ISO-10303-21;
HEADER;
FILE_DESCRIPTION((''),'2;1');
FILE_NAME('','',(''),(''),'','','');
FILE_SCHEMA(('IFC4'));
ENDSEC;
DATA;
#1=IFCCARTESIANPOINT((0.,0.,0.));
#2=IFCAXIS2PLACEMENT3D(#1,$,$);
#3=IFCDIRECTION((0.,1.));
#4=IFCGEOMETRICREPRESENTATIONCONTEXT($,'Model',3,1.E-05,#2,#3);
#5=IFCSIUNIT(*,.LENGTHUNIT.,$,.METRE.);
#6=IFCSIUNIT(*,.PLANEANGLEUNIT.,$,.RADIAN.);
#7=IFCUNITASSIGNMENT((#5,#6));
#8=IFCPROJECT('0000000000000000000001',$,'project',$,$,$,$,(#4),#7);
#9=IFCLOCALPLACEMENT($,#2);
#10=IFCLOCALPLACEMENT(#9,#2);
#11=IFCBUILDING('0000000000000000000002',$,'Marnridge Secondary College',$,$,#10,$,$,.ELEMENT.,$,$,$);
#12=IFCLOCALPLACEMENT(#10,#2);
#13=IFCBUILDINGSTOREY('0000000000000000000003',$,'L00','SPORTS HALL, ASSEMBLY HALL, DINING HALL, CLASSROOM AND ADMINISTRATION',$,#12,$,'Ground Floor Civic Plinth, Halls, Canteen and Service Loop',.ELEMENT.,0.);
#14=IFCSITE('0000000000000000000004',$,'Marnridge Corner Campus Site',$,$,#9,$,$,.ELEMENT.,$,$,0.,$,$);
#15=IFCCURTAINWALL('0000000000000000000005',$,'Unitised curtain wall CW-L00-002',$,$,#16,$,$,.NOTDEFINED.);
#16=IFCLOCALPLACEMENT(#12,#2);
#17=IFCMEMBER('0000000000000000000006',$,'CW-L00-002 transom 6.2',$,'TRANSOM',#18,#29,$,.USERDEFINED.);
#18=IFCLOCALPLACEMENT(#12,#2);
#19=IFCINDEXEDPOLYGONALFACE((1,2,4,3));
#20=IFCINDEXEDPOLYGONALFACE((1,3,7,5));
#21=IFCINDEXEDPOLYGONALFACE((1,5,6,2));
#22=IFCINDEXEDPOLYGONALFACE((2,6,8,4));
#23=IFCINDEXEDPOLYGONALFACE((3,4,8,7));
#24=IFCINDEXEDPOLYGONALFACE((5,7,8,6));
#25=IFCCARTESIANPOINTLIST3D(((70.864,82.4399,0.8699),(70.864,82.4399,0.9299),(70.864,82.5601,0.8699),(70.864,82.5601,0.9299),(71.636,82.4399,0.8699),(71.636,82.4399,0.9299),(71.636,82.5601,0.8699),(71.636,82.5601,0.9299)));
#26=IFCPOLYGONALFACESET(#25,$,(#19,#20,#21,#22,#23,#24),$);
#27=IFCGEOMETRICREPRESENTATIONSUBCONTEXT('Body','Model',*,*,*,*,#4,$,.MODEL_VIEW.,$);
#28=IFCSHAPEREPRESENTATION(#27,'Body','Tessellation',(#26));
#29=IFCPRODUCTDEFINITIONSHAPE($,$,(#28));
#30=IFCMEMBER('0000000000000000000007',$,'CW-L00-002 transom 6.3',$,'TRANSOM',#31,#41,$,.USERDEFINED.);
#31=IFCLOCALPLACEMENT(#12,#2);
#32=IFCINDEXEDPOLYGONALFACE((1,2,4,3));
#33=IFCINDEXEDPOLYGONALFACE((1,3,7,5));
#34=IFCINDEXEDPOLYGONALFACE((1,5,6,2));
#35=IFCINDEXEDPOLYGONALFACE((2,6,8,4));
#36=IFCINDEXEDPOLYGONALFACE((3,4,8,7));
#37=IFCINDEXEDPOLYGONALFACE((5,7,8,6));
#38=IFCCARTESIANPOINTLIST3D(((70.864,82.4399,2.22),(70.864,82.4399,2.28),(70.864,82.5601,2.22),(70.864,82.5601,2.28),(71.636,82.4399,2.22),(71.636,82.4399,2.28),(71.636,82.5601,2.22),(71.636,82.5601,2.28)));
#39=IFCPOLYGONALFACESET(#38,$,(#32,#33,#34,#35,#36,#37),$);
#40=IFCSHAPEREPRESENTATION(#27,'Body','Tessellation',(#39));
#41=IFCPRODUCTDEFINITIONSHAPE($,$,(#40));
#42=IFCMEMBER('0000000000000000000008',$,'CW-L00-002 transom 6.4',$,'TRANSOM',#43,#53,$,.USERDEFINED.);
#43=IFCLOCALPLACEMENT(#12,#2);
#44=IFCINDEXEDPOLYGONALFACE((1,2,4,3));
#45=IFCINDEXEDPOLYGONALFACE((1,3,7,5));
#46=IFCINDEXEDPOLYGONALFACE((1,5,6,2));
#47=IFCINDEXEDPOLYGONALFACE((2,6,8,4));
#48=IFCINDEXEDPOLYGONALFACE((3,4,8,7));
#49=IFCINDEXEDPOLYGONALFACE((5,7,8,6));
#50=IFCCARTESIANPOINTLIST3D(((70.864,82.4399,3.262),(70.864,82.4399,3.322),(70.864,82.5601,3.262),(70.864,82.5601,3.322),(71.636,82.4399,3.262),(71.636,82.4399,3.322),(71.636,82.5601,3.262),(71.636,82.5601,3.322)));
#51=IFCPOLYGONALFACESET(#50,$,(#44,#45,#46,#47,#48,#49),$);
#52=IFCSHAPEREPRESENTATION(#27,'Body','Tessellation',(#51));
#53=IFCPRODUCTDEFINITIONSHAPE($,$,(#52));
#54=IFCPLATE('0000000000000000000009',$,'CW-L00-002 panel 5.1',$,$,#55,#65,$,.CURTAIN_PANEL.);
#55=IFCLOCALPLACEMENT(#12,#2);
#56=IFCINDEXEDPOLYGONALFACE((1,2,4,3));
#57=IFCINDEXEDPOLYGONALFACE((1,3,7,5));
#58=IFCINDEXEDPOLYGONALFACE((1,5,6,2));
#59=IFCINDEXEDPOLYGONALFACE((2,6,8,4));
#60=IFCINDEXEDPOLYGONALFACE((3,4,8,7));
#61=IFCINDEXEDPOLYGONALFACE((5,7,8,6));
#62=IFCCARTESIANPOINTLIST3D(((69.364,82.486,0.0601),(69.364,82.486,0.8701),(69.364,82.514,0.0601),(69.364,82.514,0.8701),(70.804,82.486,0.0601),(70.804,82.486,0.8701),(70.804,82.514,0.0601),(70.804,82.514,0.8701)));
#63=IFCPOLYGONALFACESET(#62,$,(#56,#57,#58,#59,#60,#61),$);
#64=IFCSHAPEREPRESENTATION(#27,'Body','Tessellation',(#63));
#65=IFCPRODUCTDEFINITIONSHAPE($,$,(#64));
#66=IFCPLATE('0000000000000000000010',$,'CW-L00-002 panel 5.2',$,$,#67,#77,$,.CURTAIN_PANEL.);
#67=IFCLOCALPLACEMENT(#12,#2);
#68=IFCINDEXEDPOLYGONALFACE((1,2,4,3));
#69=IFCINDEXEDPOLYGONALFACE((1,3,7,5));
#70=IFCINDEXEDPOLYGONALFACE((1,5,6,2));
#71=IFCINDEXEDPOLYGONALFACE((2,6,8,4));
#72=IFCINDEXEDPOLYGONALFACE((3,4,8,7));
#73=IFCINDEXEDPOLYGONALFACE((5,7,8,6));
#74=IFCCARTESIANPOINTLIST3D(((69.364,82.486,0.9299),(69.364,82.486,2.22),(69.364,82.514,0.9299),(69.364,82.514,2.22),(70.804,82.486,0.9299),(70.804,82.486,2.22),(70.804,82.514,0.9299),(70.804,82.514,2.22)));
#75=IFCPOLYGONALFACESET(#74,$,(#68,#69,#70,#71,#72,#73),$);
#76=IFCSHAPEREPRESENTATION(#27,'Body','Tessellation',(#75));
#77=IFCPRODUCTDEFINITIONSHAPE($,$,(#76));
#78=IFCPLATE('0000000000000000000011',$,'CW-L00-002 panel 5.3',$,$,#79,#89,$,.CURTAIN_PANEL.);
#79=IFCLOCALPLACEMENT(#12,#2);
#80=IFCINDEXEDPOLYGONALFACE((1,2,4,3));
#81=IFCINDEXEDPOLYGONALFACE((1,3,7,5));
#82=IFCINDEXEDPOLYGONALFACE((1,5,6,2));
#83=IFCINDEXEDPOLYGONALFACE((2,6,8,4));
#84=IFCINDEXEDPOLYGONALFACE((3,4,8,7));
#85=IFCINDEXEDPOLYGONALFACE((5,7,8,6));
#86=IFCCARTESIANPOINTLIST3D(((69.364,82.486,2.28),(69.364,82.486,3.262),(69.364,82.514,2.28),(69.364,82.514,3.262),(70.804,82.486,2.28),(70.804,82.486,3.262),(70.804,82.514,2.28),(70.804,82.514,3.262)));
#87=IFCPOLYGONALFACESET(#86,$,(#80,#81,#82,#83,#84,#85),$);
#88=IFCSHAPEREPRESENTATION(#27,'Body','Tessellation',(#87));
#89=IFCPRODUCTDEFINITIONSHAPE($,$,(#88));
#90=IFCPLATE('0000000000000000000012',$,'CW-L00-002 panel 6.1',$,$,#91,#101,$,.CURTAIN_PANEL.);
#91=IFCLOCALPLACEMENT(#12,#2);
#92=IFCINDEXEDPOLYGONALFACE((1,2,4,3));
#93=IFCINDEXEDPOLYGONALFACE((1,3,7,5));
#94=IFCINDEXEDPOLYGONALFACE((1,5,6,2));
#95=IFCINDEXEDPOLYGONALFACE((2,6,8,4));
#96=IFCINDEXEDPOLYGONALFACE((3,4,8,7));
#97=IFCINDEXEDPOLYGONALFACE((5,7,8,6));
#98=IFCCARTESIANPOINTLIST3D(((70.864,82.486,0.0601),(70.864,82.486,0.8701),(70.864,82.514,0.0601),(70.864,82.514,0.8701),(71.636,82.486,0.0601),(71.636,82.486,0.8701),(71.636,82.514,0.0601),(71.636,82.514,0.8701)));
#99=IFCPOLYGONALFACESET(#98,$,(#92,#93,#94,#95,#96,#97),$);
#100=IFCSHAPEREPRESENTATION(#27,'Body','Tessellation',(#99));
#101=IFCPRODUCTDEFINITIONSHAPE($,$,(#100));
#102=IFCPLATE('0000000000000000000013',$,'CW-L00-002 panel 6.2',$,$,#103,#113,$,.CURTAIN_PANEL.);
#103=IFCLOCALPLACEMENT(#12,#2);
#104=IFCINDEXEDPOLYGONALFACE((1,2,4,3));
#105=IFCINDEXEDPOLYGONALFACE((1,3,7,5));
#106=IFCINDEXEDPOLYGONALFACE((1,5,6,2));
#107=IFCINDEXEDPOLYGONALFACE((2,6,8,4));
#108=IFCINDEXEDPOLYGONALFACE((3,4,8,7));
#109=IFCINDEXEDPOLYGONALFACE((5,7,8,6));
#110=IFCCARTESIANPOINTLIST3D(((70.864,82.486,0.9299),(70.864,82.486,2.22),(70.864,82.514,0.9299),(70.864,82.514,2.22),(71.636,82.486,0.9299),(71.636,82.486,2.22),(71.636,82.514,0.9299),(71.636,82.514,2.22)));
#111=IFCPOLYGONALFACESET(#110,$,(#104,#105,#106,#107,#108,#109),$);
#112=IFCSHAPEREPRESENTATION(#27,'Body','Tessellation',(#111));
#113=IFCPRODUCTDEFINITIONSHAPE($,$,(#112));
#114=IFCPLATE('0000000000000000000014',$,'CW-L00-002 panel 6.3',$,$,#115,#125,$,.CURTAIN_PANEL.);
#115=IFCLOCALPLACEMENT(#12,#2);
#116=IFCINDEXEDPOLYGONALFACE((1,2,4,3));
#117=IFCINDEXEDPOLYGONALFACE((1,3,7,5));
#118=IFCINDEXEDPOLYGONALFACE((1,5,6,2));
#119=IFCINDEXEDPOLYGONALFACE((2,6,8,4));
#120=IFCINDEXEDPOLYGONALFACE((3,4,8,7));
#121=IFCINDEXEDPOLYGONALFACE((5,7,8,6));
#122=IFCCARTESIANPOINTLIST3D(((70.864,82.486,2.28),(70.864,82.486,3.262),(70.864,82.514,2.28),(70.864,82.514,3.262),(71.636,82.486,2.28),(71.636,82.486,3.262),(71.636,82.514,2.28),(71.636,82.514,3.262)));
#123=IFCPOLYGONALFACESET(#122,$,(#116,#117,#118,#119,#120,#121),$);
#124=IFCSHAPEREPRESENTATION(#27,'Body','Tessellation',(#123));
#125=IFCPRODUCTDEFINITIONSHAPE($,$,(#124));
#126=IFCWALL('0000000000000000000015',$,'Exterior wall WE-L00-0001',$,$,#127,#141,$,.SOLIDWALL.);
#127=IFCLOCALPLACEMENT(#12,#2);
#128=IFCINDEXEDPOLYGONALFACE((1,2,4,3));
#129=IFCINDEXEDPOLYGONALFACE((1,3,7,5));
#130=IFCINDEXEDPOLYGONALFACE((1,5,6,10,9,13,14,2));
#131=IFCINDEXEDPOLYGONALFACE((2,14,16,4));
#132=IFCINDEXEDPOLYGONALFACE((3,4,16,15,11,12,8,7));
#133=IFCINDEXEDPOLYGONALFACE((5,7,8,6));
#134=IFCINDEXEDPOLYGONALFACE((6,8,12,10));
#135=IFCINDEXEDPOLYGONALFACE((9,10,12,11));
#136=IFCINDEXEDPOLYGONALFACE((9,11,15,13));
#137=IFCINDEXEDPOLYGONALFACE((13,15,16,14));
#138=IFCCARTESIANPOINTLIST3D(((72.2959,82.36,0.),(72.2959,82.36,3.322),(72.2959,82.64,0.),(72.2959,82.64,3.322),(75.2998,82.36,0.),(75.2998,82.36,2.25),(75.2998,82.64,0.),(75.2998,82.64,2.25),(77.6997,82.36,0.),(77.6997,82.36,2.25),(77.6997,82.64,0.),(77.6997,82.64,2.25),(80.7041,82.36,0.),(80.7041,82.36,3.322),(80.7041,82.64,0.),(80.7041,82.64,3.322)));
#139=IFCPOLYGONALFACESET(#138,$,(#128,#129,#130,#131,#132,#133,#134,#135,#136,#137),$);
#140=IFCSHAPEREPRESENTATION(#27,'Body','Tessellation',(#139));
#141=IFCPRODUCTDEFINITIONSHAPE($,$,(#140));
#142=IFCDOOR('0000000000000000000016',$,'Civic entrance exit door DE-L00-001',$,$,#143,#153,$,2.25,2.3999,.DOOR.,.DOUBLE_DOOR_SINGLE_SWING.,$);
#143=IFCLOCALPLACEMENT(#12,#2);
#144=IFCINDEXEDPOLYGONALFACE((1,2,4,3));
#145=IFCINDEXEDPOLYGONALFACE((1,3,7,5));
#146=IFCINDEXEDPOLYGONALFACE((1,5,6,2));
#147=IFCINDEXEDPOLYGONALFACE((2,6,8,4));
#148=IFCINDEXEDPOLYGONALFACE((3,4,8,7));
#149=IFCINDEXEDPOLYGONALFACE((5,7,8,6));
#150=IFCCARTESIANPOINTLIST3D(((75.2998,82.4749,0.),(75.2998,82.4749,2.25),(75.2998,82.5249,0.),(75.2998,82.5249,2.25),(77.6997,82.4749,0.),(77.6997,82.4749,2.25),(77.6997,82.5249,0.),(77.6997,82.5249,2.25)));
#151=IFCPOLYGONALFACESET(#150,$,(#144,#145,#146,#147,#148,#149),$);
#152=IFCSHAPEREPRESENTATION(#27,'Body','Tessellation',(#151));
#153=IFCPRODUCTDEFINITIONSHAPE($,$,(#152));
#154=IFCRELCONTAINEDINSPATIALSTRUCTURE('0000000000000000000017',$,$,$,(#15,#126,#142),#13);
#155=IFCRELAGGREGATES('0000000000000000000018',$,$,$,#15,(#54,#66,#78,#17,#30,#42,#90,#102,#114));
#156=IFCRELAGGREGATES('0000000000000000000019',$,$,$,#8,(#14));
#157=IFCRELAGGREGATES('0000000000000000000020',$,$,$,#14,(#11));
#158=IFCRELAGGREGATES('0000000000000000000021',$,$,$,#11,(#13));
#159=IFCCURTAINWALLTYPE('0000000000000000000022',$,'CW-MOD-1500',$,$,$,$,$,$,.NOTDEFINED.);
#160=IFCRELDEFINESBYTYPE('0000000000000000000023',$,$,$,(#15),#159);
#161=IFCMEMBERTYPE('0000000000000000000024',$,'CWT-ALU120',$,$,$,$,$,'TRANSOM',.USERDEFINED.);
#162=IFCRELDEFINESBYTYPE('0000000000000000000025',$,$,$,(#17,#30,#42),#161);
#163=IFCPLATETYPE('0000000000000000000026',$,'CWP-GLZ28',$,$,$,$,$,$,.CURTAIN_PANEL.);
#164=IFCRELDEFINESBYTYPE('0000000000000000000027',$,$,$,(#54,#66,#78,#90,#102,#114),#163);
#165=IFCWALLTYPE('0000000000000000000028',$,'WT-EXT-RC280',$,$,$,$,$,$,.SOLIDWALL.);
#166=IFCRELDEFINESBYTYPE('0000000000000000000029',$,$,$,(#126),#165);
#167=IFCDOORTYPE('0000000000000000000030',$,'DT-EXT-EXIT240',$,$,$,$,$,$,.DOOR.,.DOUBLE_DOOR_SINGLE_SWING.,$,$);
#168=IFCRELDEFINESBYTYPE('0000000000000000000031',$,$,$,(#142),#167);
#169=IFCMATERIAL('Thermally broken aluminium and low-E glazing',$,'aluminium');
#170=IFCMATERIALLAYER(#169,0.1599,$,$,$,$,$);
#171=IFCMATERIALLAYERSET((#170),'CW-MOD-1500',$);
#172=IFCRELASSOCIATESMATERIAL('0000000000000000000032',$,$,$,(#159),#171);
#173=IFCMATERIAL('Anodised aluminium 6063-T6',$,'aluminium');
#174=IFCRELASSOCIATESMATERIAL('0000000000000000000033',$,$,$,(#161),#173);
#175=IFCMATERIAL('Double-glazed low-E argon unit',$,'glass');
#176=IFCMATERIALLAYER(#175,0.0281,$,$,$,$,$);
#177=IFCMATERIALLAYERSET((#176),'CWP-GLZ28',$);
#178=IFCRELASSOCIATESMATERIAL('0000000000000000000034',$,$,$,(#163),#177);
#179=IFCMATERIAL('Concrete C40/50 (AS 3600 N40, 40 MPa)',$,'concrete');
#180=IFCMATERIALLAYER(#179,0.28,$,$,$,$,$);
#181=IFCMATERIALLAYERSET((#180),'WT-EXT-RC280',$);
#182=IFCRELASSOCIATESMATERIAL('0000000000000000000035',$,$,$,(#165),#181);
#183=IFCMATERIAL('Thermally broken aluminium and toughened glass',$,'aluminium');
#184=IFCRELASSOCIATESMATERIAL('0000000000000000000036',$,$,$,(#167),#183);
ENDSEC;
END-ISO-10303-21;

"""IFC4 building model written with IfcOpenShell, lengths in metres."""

from ifc_helpers import new_model, si_unit, direction, frame, frame_2d, origin, origin_2d, place, context, subcontext, project, spatial, rectangle, extrude, material, layer, layer_set, material_profile, profile_set, type_object, element, fill, aggregate, save


model = new_model("IFC4")

# Units and contexts
model_context = context("Model", 3, precision=1e-05, world=origin(), true_north=direction((0.0, 1.0)))
body_context = subcontext(model_context, "Body", "Model", "MODEL_VIEW")
ifc_project = project(units=[si_unit("LENGTHUNIT", "METRE"), si_unit("PLANEANGLEUNIT", "RADIAN")], contexts=[model_context])

# Site, building, storey
site_placement = place(None, origin())
site = spatial("IfcSite", under=ifc_project, at=site_placement, Name="Marnridge Corner Campus Site", CompositionType="ELEMENT", RefElevation=0.0)
building_placement = place(site_placement, origin())
building = spatial("IfcBuilding", under=site, at=building_placement, Name="Marnridge Secondary College", CompositionType="ELEMENT")
storey_placement = place(building_placement, origin())
storey = spatial("IfcBuildingStorey", under=building, at=storey_placement, Name="L00", Description="SPORTS HALL, ASSEMBLY HALL, DINING HALL, CLASSROOM AND ADMINISTRATION", LongName="Ground Floor Civic Plinth, Halls, Canteen and Service Loop", CompositionType="ELEMENT", Elevation=0.0)

# Curtain wall, members, plates
ifc_material_1 = material(Name="Thermally broken aluminium and low-E glazing", Category="aluminium")
ifc_layer_1 = layer(ifc_material_1, 0.1599)
ifc_layer_set_1 = layer_set([ifc_layer_1], Name="CW-MOD-1500")
curtain_wall_type = type_object("IfcCurtainWallType", Name="CW-MOD-1500", PredefinedType="NOTDEFINED", material=ifc_layer_set_1)
curtain_wall_placement = place(storey_placement, origin())
curtain_wall = element("IfcCurtainWall", 1, at=curtain_wall_placement, inside=storey, type_object=curtain_wall_type, Name="Unitised curtain wall CW-L00-002", PredefinedType="NOTDEFINED")
ifc_material_2 = material(Name="Anodised aluminium 6063-T6", Category="aluminium")
ifc_material_profile_1 = material_profile(ifc_material_2, rectangle(XDim=0.0601, YDim=0.1201, at=origin_2d()), Name="ALU 60x120")
ifc_profile_set_1 = profile_set([ifc_material_profile_1], Name="Anodised aluminium 6063-T6")
member_type_1 = type_object("IfcMemberType", Name="CWT-ALU120", ElementType="TRANSOM", PredefinedType="USERDEFINED", material=ifc_profile_set_1)
member_1_placement = place(storey_placement, frame((70.864, 82.5, 0.8999), z_axis=(1.0, 0.0, 0.0), x_axis=(0.0, 0.0, 1.0)))
member_1 = element("IfcMember", 2, at=member_1_placement, type_object=member_type_1, Name="CW-L00-002 transom 6.2", ObjectType="TRANSOM", PredefinedType="USERDEFINED", context=body_context, shape_type="SweptSolid", body=[
    extrude(rectangle(XDim=0.0601, YDim=0.1201, at=origin_2d()), origin(), (0.0, 0.0, 1.0), 0.772),
])
member_2_placement = place(storey_placement, frame((70.864, 82.5, 2.25), z_axis=(1.0, 0.0, 0.0), x_axis=(0.0, 0.0, 1.0)))
member_2 = element("IfcMember", 3, at=member_2_placement, type_object=member_type_1, Name="CW-L00-002 transom 6.3", ObjectType="TRANSOM", PredefinedType="USERDEFINED", context=body_context, shape_type="SweptSolid", body=[
    extrude(rectangle(XDim=0.0601, YDim=0.1201, at=origin_2d()), origin(), (0.0, 0.0, 1.0), 0.772),
])
member_3_placement = place(storey_placement, frame((70.864, 82.5, 3.292), z_axis=(1.0, 0.0, 0.0), x_axis=(0.0, 0.0, 1.0)))
member_3 = element("IfcMember", 4, at=member_3_placement, type_object=member_type_1, Name="CW-L00-002 transom 6.4", ObjectType="TRANSOM", PredefinedType="USERDEFINED", context=body_context, shape_type="SweptSolid", body=[
    extrude(rectangle(XDim=0.0601, YDim=0.1201, at=origin_2d()), origin(), (0.0, 0.0, 1.0), 0.772),
])
ifc_material_3 = material(Name="Double-glazed low-E argon unit", Category="glass")
ifc_layer_2 = layer(ifc_material_3, 0.0281)
ifc_layer_set_2 = layer_set([ifc_layer_2], Name="CWP-GLZ28")
plate_type = type_object("IfcPlateType", Name="CWP-GLZ28", PredefinedType="CURTAIN_PANEL", material=ifc_layer_set_2)
plate_1_placement = place(storey_placement, frame((70.084, 82.5, 0.0601), z_axis=(0.0, 0.0, 1.0), x_axis=(1.0, 0.0, 0.0)))
plate_1 = element("IfcPlate", 5, at=plate_1_placement, type_object=plate_type, Name="CW-L00-002 panel 5.1", PredefinedType="CURTAIN_PANEL", context=body_context, shape_type="SweptSolid", body=[
    extrude(rectangle(XDim=1.4399, YDim=0.0281, at=origin_2d()), origin(), (0.0, 0.0, 1.0), 0.8101),
])
plate_2_placement = place(storey_placement, frame((70.084, 82.5, 0.9299), z_axis=(0.0, 0.0, 1.0), x_axis=(1.0, 0.0, 0.0)))
plate_2 = element("IfcPlate", 6, at=plate_2_placement, type_object=plate_type, Name="CW-L00-002 panel 5.2", PredefinedType="CURTAIN_PANEL", context=body_context, shape_type="SweptSolid", body=[
    extrude(rectangle(XDim=1.4399, YDim=0.0281, at=origin_2d()), origin(), (0.0, 0.0, 1.0), 1.29),
])
plate_3_placement = place(storey_placement, frame((70.084, 82.5, 2.28), z_axis=(0.0, 0.0, 1.0), x_axis=(1.0, 0.0, 0.0)))
plate_3 = element("IfcPlate", 7, at=plate_3_placement, type_object=plate_type, Name="CW-L00-002 panel 5.3", PredefinedType="CURTAIN_PANEL", context=body_context, shape_type="SweptSolid", body=[
    extrude(rectangle(XDim=1.4399, YDim=0.0281, at=origin_2d()), origin(), (0.0, 0.0, 1.0), 0.9819),
])
plate_4_placement = place(storey_placement, frame((71.25, 82.5, 0.0601), z_axis=(0.0, 0.0, 1.0), x_axis=(1.0, 0.0, 0.0)))
plate_4 = element("IfcPlate", 8, at=plate_4_placement, type_object=plate_type, Name="CW-L00-002 panel 6.1", PredefinedType="CURTAIN_PANEL", context=body_context, shape_type="SweptSolid", body=[
    extrude(rectangle(XDim=0.772, YDim=0.0281, at=origin_2d()), origin(), (0.0, 0.0, 1.0), 0.8101),
])
plate_5_placement = place(storey_placement, frame((71.25, 82.5, 0.9299), z_axis=(0.0, 0.0, 1.0), x_axis=(1.0, 0.0, 0.0)))
plate_5 = element("IfcPlate", 9, at=plate_5_placement, type_object=plate_type, Name="CW-L00-002 panel 6.2", PredefinedType="CURTAIN_PANEL", context=body_context, shape_type="SweptSolid", body=[
    extrude(rectangle(XDim=0.772, YDim=0.0281, at=origin_2d()), origin(), (0.0, 0.0, 1.0), 1.29),
])
plate_6_placement = place(storey_placement, frame((71.25, 82.5, 2.28), z_axis=(0.0, 0.0, 1.0), x_axis=(1.0, 0.0, 0.0)))
plate_6 = element("IfcPlate", 10, at=plate_6_placement, type_object=plate_type, Name="CW-L00-002 panel 6.3", PredefinedType="CURTAIN_PANEL", context=body_context, shape_type="SweptSolid", body=[
    extrude(rectangle(XDim=0.772, YDim=0.0281, at=origin_2d()), origin(), (0.0, 0.0, 1.0), 0.9819),
])
aggregate(curtain_wall, [plate_1, plate_2, plate_3, member_1, member_2, member_3, plate_4, plate_5, plate_6])

# Wall, opening, door
ifc_material_4 = material(Name="Concrete C40/50 (AS 3600 N40, 40 MPa)", Category="concrete")
ifc_layer_3 = layer(ifc_material_4, 0.28)
ifc_layer_set_3 = layer_set([ifc_layer_3], Name="WT-EXT-RC280")
wall_type = type_object("IfcWallType", Name="WT-EXT-RC280", PredefinedType="SOLIDWALL", material=ifc_layer_set_3)
wall_placement = place(storey_placement, frame((72.2959, 82.5, 0.0), z_axis=(0.0, 0.0, 1.0), x_axis=(1.0, 0.0, 0.0)))
wall = element("IfcWall", 11, at=wall_placement, inside=storey, type_object=wall_type, Name="Exterior wall WE-L00-0001", PredefinedType="SOLIDWALL", context=body_context, shape_type="SweptSolid", body=[
    extrude(rectangle(XDim=8.4082, YDim=0.28, at=frame_2d((4.2041, 0.0))), origin(), (0.0, 0.0, 1.0), 3.322),
])
opening_placement = place(wall_placement, frame((3.0039, 0.0, 0.0)))
opening = element("IfcOpeningElement", 12, at=opening_placement, cuts=wall, PredefinedType="OPENING", context=body_context, shape_type="SweptSolid", body=[
    extrude(rectangle(XDim=2.3999, YDim=2.25, at=frame_2d((1.2, 1.125))), frame((0.0, 0.1499, 0.0), z_axis=(0.0, -1.0, 0.0), x_axis=(1.0, 0.0, 0.0)), (0.0, 0.0, 1.0), 0.3),
])
ifc_material_5 = material(Name="Thermally broken aluminium and toughened glass", Category="aluminium")
door_type = type_object("IfcDoorType", Name="DT-EXT-EXIT240", OperationType="DOUBLE_DOOR_SINGLE_SWING", PredefinedType="DOOR", material=ifc_material_5)
door_placement = place(opening_placement, origin())
door = element("IfcDoor", 13, at=door_placement, inside=storey, type_object=door_type, Name="Civic entrance exit door DE-L00-001", OperationType="DOUBLE_DOOR_SINGLE_SWING", OverallHeight=2.25, OverallWidth=2.3999, PredefinedType="DOOR", context=body_context, shape_type="SweptSolid", body=[
    extrude(rectangle(XDim=2.3999, YDim=2.25, at=frame_2d((1.2, 1.125))), frame((0.0, 0.0249, 0.0), z_axis=(0.0, -1.0, 0.0), x_axis=(1.0, 0.0, 0.0)), (0.0, 0.0, 1.0), 0.05),
])
fill(opening, door)

save(model, "model.ifc")
